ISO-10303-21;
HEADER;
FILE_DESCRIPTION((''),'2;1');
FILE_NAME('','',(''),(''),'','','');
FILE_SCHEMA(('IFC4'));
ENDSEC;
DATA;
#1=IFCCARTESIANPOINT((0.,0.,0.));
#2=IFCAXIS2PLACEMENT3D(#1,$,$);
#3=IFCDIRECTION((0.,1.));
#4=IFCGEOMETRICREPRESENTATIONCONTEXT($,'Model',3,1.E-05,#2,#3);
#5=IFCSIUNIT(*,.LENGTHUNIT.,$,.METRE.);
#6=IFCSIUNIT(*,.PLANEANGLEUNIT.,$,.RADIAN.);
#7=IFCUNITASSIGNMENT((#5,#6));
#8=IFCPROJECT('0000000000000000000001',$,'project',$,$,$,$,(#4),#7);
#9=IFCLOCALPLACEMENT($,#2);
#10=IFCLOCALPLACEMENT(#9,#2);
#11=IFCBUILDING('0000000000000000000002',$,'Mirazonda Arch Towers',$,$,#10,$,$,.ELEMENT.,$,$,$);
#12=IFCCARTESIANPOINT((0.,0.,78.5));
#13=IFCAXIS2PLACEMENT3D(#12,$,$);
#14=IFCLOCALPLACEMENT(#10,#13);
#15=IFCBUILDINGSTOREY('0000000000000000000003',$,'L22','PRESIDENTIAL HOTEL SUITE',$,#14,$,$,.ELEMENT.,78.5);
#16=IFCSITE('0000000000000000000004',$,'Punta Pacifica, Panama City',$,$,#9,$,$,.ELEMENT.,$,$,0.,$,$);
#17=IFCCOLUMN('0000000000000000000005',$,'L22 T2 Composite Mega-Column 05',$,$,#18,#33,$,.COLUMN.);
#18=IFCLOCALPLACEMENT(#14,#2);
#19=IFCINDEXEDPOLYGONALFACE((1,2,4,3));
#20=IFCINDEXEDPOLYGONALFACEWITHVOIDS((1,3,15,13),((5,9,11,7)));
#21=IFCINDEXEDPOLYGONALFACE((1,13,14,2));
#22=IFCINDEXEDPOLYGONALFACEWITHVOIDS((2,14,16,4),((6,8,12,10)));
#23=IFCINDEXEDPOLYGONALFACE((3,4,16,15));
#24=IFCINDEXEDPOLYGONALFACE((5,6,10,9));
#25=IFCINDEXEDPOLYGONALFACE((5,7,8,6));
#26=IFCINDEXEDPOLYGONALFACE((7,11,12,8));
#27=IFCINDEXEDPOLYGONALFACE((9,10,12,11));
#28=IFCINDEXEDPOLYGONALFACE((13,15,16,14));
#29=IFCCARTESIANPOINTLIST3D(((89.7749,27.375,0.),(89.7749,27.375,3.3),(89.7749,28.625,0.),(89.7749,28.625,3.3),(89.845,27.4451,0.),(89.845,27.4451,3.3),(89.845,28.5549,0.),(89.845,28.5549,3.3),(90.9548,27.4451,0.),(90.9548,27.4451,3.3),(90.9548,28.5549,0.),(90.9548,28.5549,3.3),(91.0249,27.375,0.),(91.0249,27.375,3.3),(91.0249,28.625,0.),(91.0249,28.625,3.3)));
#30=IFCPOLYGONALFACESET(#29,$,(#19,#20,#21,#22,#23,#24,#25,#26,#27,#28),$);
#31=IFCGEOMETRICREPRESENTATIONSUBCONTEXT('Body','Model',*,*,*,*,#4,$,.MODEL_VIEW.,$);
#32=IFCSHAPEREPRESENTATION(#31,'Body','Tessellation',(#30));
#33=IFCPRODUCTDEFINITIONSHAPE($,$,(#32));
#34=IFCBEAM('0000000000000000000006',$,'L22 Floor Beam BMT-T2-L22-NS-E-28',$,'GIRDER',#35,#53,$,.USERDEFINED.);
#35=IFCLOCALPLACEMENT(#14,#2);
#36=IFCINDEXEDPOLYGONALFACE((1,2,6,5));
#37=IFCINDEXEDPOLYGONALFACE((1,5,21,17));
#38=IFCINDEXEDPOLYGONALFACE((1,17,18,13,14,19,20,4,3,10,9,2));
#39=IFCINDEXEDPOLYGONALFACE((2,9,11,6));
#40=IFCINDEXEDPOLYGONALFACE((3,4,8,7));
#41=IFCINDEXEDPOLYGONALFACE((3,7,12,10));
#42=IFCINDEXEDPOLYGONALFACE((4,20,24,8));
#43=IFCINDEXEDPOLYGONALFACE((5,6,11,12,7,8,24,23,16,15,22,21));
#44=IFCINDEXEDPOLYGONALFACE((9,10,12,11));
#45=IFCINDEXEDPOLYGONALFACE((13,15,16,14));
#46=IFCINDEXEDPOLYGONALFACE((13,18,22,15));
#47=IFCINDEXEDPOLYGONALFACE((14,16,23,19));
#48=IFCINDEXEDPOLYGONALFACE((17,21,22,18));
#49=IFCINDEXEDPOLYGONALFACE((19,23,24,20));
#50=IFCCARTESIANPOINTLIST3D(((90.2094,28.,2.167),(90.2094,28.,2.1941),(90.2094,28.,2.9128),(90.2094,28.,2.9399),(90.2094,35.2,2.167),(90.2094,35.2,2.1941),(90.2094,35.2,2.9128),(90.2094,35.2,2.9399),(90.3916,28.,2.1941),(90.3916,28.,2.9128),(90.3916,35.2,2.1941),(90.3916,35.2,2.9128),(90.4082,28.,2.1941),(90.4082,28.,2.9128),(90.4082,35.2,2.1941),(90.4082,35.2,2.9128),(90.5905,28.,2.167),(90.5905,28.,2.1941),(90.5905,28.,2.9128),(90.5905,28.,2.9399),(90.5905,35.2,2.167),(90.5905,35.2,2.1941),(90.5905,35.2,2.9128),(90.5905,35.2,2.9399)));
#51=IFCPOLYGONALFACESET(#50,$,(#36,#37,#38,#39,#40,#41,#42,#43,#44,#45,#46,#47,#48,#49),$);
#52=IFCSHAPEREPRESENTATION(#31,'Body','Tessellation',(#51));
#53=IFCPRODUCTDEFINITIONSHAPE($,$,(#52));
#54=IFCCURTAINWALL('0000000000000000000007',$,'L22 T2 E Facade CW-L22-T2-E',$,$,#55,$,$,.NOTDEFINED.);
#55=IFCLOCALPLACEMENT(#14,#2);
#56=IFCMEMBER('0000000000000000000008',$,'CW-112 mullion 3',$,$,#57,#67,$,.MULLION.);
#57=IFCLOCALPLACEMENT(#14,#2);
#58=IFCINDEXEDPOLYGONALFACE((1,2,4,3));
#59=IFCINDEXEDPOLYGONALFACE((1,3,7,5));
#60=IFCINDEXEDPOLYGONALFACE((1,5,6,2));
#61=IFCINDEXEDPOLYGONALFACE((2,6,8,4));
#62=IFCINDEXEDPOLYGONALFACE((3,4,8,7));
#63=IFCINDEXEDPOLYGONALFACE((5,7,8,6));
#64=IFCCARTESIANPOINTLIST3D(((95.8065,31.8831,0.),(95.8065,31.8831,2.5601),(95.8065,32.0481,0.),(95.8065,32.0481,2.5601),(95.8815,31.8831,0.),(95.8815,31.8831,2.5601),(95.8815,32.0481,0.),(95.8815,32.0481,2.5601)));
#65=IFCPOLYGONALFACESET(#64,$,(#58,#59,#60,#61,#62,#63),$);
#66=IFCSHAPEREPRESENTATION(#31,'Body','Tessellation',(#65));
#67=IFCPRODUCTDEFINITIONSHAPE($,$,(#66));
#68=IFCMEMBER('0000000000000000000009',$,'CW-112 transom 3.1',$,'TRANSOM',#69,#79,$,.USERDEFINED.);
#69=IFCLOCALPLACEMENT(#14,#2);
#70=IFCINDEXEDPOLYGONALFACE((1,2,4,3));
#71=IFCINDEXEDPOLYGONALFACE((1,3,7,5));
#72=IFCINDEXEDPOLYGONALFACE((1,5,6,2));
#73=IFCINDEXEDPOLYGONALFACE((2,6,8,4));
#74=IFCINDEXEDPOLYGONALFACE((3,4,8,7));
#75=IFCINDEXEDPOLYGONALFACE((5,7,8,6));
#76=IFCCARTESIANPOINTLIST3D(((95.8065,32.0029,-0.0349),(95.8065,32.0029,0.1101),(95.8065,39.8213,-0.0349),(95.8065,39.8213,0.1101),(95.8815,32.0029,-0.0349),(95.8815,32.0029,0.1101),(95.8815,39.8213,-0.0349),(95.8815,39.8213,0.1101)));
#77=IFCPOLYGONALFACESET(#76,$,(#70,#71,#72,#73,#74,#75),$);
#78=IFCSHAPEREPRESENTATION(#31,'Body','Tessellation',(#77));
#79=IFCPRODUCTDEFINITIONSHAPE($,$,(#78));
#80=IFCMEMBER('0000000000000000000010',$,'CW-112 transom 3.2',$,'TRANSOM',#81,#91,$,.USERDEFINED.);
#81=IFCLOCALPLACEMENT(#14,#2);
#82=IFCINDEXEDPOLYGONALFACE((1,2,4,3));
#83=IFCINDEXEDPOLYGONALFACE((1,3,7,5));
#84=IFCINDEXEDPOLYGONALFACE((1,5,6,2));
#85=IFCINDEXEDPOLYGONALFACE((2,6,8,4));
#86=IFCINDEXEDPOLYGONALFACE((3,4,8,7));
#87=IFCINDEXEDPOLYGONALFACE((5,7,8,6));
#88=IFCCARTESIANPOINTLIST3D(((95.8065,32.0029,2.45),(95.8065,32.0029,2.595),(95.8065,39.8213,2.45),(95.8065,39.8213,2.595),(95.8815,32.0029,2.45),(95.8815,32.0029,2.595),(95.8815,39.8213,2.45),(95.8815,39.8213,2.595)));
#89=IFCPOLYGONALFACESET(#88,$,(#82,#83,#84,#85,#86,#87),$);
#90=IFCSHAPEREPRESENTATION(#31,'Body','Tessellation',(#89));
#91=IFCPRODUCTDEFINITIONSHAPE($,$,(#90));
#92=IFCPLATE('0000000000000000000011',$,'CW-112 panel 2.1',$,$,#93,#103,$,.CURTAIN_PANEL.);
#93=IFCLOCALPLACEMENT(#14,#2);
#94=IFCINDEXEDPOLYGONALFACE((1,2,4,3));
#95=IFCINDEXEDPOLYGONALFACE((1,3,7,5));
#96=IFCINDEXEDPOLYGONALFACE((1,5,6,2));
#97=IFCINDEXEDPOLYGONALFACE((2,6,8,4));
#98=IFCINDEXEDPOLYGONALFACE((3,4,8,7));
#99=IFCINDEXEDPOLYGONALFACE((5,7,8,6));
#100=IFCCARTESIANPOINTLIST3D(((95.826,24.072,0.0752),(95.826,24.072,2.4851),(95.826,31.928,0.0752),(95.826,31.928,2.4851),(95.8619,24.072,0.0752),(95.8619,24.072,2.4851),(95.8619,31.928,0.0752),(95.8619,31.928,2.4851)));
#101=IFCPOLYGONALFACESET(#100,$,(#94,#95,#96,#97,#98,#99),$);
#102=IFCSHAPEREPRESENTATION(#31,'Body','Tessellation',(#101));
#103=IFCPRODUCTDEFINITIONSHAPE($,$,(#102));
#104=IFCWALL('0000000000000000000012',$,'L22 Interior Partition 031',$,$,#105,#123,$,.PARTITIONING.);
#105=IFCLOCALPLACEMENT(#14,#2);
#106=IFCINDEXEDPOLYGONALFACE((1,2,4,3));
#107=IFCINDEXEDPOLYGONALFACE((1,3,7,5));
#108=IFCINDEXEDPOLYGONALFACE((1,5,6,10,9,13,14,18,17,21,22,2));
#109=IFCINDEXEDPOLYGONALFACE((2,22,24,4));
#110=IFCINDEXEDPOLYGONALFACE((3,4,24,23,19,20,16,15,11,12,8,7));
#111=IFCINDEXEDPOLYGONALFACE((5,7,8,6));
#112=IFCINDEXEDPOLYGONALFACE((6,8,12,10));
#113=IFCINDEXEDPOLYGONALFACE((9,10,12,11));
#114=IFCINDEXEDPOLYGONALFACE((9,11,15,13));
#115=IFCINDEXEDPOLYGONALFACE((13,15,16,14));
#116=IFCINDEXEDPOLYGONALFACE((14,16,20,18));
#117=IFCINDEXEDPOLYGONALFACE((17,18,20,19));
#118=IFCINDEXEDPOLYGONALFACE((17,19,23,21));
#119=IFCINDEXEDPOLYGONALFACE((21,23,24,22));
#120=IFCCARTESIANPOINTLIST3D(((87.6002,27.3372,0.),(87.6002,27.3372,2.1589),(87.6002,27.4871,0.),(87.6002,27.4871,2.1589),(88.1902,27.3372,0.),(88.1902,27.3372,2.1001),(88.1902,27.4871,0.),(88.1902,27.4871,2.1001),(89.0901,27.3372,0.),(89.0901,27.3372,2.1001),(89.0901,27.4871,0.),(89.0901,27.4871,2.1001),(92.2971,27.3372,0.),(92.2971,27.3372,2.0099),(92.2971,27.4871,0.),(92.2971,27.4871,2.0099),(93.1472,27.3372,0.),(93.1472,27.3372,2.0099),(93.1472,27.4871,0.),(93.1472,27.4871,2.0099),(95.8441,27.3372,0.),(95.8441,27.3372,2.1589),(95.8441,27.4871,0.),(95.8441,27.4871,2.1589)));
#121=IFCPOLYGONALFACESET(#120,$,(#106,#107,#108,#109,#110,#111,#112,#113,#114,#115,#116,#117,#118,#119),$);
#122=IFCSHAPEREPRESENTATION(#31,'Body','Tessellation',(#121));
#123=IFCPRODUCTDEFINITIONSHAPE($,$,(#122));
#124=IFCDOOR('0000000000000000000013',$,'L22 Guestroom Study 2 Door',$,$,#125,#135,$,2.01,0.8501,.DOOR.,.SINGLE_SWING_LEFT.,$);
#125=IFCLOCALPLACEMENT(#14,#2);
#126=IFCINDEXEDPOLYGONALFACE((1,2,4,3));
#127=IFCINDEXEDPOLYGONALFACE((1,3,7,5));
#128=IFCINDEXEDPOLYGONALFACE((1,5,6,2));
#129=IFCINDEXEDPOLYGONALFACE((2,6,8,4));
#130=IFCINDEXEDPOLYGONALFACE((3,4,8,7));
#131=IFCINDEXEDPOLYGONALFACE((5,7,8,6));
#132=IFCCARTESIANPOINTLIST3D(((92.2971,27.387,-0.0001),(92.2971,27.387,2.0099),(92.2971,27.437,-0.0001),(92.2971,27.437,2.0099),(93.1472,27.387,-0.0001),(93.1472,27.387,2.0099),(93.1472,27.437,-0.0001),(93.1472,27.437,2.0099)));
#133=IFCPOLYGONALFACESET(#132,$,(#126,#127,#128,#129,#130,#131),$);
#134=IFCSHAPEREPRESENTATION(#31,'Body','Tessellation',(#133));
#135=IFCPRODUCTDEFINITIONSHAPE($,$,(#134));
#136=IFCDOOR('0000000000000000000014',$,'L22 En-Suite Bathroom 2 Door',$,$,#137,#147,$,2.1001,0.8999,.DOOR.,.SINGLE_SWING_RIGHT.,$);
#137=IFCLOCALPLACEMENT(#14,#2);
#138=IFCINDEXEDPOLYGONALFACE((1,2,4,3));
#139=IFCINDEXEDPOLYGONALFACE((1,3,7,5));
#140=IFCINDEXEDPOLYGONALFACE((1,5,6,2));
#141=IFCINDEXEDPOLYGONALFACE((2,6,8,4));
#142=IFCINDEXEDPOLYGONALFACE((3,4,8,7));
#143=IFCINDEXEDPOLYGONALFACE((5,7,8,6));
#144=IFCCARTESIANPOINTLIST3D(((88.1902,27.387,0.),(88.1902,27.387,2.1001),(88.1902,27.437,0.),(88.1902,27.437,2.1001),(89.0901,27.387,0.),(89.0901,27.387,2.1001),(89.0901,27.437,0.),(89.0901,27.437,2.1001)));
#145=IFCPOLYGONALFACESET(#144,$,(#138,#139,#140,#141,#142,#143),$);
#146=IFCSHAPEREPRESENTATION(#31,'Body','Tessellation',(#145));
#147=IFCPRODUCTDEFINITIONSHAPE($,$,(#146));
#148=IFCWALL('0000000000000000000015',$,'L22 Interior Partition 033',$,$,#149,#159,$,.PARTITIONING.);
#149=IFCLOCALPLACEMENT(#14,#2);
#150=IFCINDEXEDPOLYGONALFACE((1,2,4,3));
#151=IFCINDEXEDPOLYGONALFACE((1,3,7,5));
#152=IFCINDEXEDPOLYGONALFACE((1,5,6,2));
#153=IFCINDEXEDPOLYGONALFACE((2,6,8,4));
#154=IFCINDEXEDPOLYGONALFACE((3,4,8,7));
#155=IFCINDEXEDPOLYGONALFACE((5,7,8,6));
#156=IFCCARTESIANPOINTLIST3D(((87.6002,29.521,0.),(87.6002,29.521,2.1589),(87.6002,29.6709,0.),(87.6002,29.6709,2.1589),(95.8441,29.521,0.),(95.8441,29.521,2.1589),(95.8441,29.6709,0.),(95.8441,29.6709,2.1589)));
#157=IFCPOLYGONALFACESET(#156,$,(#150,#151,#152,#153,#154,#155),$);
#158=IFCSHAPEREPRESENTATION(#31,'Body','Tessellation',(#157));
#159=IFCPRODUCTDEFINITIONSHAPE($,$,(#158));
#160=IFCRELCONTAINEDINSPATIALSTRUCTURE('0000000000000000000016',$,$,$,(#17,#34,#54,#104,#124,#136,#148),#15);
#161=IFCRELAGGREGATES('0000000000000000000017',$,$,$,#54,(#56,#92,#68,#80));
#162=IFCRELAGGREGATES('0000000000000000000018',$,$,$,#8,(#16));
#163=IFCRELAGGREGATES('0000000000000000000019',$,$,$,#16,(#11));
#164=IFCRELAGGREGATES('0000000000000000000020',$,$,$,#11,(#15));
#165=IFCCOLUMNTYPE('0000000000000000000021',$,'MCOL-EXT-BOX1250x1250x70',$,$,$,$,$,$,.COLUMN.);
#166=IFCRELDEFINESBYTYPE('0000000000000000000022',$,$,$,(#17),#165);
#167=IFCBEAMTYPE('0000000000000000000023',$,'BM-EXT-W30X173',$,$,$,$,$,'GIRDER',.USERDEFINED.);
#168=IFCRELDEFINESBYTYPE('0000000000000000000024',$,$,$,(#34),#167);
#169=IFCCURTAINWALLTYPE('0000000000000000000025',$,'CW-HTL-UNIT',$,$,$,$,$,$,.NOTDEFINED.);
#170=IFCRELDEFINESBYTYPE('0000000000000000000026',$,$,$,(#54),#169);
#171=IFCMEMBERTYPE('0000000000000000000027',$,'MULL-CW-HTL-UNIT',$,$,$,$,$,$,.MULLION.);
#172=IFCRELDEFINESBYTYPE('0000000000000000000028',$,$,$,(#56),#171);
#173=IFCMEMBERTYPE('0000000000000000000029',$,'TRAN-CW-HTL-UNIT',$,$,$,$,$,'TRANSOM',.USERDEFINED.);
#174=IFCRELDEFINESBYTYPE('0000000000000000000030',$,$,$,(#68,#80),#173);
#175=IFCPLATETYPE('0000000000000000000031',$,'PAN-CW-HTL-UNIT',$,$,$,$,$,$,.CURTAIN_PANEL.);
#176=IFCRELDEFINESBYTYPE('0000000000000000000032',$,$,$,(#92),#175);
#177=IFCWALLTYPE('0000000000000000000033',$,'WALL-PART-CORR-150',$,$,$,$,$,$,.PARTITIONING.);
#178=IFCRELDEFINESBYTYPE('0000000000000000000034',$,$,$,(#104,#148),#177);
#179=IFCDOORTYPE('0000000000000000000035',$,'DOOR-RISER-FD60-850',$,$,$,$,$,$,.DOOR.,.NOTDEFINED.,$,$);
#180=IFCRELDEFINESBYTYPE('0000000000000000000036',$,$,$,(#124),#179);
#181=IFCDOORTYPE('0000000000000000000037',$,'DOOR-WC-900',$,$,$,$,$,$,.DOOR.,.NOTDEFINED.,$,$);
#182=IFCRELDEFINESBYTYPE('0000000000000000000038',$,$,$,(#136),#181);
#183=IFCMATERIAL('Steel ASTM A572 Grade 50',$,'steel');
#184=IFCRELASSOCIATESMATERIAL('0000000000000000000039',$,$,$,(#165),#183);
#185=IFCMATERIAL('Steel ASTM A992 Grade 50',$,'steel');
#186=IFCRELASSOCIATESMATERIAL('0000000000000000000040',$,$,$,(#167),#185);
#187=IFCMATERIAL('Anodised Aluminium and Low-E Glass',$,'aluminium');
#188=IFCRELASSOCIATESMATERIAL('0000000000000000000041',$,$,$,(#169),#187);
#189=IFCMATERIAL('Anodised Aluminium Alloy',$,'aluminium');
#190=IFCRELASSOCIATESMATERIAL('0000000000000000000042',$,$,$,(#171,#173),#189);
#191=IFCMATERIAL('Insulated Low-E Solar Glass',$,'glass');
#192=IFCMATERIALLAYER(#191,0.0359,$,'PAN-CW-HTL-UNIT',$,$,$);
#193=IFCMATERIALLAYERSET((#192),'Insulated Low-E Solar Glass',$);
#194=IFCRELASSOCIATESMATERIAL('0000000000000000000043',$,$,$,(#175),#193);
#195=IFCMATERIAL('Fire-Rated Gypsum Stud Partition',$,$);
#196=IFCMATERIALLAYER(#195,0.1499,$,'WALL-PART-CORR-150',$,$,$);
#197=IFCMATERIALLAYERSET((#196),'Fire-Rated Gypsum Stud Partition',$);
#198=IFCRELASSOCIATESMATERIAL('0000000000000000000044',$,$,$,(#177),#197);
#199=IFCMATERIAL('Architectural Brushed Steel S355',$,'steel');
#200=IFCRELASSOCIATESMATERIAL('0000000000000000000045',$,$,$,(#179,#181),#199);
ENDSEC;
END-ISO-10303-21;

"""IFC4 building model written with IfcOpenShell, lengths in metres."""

from ifc_helpers import new_model, si_unit, direction, frame, frame_2d, origin, origin_2d, place, context, subcontext, project, spatial, rectangle, hollow_rectangle, i_section, extrude, material, layer, layer_set, material_profile, profile_set, type_object, element, fill, aggregate, save


model = new_model("IFC4")

# Units and contexts
model_context = context("Model", 3, precision=1e-05, world=origin(), true_north=direction((0.0, 1.0)))
body_context = subcontext(model_context, "Body", "Model", "MODEL_VIEW")
ifc_project = project(units=[si_unit("LENGTHUNIT", "METRE"), si_unit("PLANEANGLEUNIT", "RADIAN")], contexts=[model_context])

# Site, building, storey
site_placement = place(None, origin())
site = spatial("IfcSite", under=ifc_project, at=site_placement, Name="Punta Pacifica, Panama City", CompositionType="ELEMENT", RefElevation=0.0)
building_placement = place(site_placement, origin())
building = spatial("IfcBuilding", under=site, at=building_placement, Name="Mirazonda Arch Towers", CompositionType="ELEMENT")
storey_placement = place(building_placement, frame((0.0, 0.0, 78.5)))
storey = spatial("IfcBuildingStorey", under=building, at=storey_placement, Name="L22", Description="PRESIDENTIAL HOTEL SUITE", CompositionType="ELEMENT", Elevation=78.5)

# Column
ifc_material_1 = material(Name="Steel ASTM A572 Grade 50", Category="steel")
ifc_material_profile_1 = material_profile(ifc_material_1, hollow_rectangle(XDim=1.25, YDim=1.25, WallThickness=0.0701, at=origin_2d()), Name="BOX1250x1250x70")
ifc_profile_set_1 = profile_set([ifc_material_profile_1], Name="Steel ASTM A572 Grade 50")
column_type = type_object("IfcColumnType", Name="MCOL-EXT-BOX1250x1250x70", PredefinedType="COLUMN", material=ifc_profile_set_1)
column_placement = place(storey_placement, frame((90.3999, 28.0, 0.0), z_axis=(0.0, 0.0, 1.0), x_axis=(1.0, 0.0, 0.0)))
element("IfcColumn", 1, at=column_placement, inside=storey, type_object=column_type, Name="L22 T2 Composite Mega-Column 05", PredefinedType="COLUMN", context=body_context, shape_type="SweptSolid", body=[
    extrude(hollow_rectangle(XDim=1.25, YDim=1.25, WallThickness=0.0701, at=origin_2d()), origin(), (0.0, 0.0, 1.0), 3.3),
])

# Beam
ifc_material_2 = material(Name="Steel ASTM A992 Grade 50", Category="steel")
ifc_material_profile_2 = material_profile(ifc_material_2, i_section(OverallWidth=0.3811, OverallDepth=0.7729, WebThickness=0.0166, FlangeThickness=0.0271, at=origin_2d()), Name="W30X173")
ifc_profile_set_2 = profile_set([ifc_material_profile_2], Name="Steel ASTM A992 Grade 50")
beam_type = type_object("IfcBeamType", Name="BM-EXT-W30X173", ElementType="GIRDER", PredefinedType="USERDEFINED", material=ifc_profile_set_2)
beam_placement = place(storey_placement, frame((90.3999, 28.0, 2.5535), z_axis=(0.0, 1.0, 0.0), x_axis=(-1.0, 0.0, 0.0)))
element("IfcBeam", 2, at=beam_placement, inside=storey, type_object=beam_type, Name="L22 Floor Beam BMT-T2-L22-NS-E-28", ObjectType="GIRDER", PredefinedType="USERDEFINED", context=body_context, shape_type="SweptSolid", body=[
    extrude(i_section(OverallWidth=0.3811, OverallDepth=0.7729, WebThickness=0.0166, FlangeThickness=0.0271, at=origin_2d()), origin(), (0.0, 0.0, 1.0), 7.2),
])

# Curtain wall, members, plate
ifc_material_3 = material(Name="Anodised Aluminium and Low-E Glass", Category="aluminium")
curtain_wall_type = type_object("IfcCurtainWallType", Name="CW-HTL-UNIT", PredefinedType="NOTDEFINED", material=ifc_material_3)
curtain_wall_placement = place(storey_placement, origin())
curtain_wall = element("IfcCurtainWall", 3, at=curtain_wall_placement, inside=storey, type_object=curtain_wall_type, Name="L22 T2 E Facade CW-L22-T2-E", PredefinedType="NOTDEFINED")
ifc_material_4 = material(Name="Anodised Aluminium Alloy", Category="aluminium")
ifc_material_profile_3 = material_profile(ifc_material_4, rectangle(XDim=0.075, YDim=0.165, at=origin_2d()), Name="ALU-MULL-75x165")
ifc_profile_set_3 = profile_set([ifc_material_profile_3], Name="Anodised Aluminium Alloy")
member_type_1 = type_object("IfcMemberType", Name="MULL-CW-HTL-UNIT", PredefinedType="MULLION", material=ifc_profile_set_3)
member_1_placement = place(storey_placement, frame((95.844, 31.9656, 0.0), z_axis=(0.0, 0.0, 1.0), x_axis=(-1.0, 0.0, 0.0)))
member_1 = element("IfcMember", 4, at=member_1_placement, type_object=member_type_1, Name="CW-112 mullion 3", PredefinedType="MULLION", context=body_context, shape_type="SweptSolid", body=[
    extrude(rectangle(XDim=0.075, YDim=0.165, at=origin_2d()), origin(), (0.0, 0.0, 1.0), 2.5601),
])
ifc_material_profile_4 = material_profile(ifc_material_4, rectangle(XDim=0.075, YDim=0.145, at=origin_2d()), Name="ALU-TRAN-75x145")
ifc_profile_set_4 = profile_set([ifc_material_profile_4], Name="Anodised Aluminium Alloy")
member_type_2 = type_object("IfcMemberType", Name="TRAN-CW-HTL-UNIT", ElementType="TRANSOM", PredefinedType="USERDEFINED", material=ifc_profile_set_4)
member_2_placement = place(storey_placement, frame((95.844, 32.0029, 0.0376), z_axis=(0.0, 1.0, 0.0), x_axis=(-1.0, 0.0, 0.0)))
member_2 = element("IfcMember", 5, at=member_2_placement, type_object=member_type_2, Name="CW-112 transom 3.1", ObjectType="TRANSOM", PredefinedType="USERDEFINED", context=body_context, shape_type="SweptSolid", body=[
    extrude(rectangle(XDim=0.075, YDim=0.145, at=origin_2d()), origin(), (0.0, 0.0, 1.0), 7.8184),
])
member_3_placement = place(storey_placement, frame((95.844, 32.0029, 2.5225), z_axis=(0.0, 1.0, 0.0), x_axis=(-1.0, 0.0, 0.0)))
member_3 = element("IfcMember", 6, at=member_3_placement, type_object=member_type_2, Name="CW-112 transom 3.2", ObjectType="TRANSOM", PredefinedType="USERDEFINED", context=body_context, shape_type="SweptSolid", body=[
    extrude(rectangle(XDim=0.075, YDim=0.145, at=origin_2d()), origin(), (0.0, 0.0, 1.0), 7.8184),
])
ifc_material_5 = material(Name="Insulated Low-E Solar Glass", Category="glass")
ifc_layer_1 = layer(ifc_material_5, 0.0359, Name="PAN-CW-HTL-UNIT")
ifc_layer_set_1 = layer_set([ifc_layer_1], Name="Insulated Low-E Solar Glass")
plate_type = type_object("IfcPlateType", Name="PAN-CW-HTL-UNIT", PredefinedType="CURTAIN_PANEL", material=ifc_layer_set_1)
plate_placement = place(storey_placement, frame((95.844, 28.0, 0.0752), z_axis=(0.0, 0.0, 1.0), x_axis=(0.0, 1.0, 0.0)))
plate = element("IfcPlate", 7, at=plate_placement, type_object=plate_type, Name="CW-112 panel 2.1", PredefinedType="CURTAIN_PANEL", context=body_context, shape_type="SweptSolid", body=[
    extrude(rectangle(XDim=7.856, YDim=0.0359, at=origin_2d()), origin(), (0.0, 0.0, 1.0), 2.4099),
])
aggregate(curtain_wall, [member_1, plate, member_2, member_3])

# Wall, openings, doors
ifc_material_6 = material(Name="Fire-Rated Gypsum Stud Partition")
ifc_layer_2 = layer(ifc_material_6, 0.1499, Name="WALL-PART-CORR-150")
ifc_layer_set_2 = layer_set([ifc_layer_2], Name="Fire-Rated Gypsum Stud Partition")
wall_type_1 = type_object("IfcWallType", Name="WALL-PART-CORR-150", PredefinedType="PARTITIONING", material=ifc_layer_set_2)
wall_1_placement = place(storey_placement, frame((87.6001, 27.4121, 0.0), z_axis=(0.0, 0.0, 1.0), x_axis=(1.0, 0.0, 0.0)))
wall_1 = element("IfcWall", 8, at=wall_1_placement, inside=storey, type_object=wall_type_1, Name="L22 Interior Partition 031", PredefinedType="PARTITIONING", context=body_context, shape_type="SweptSolid", body=[
    extrude(rectangle(XDim=8.2439, YDim=0.1499, at=frame_2d((4.1221, 0.0))), origin(), (0.0, 0.0, 1.0), 2.1589),
])
opening_1_placement = place(wall_1_placement, frame((4.697, 0.0, 0.0)))
opening_1 = element("IfcOpeningElement", 9, at=opening_1_placement, cuts=wall_1, PredefinedType="OPENING", context=body_context, shape_type="SweptSolid", body=[
    extrude(rectangle(XDim=0.8501, YDim=2.01, at=frame_2d((0.425, 1.0049))), frame((0.0, 0.085, 0.0), z_axis=(0.0, -1.0, 0.0), x_axis=(1.0, 0.0, 0.0)), (0.0, 0.0, 1.0), 0.1699),
])
opening_2_placement = place(wall_1_placement, frame((0.5901, 0.0, 0.0)))
opening_2 = element("IfcOpeningElement", 10, at=opening_2_placement, cuts=wall_1, PredefinedType="OPENING", context=body_context, shape_type="SweptSolid", body=[
    extrude(rectangle(XDim=0.8999, YDim=2.1001, at=frame_2d((0.45, 1.05))), frame((0.0, 0.085, 0.0), z_axis=(0.0, -1.0, 0.0), x_axis=(1.0, 0.0, 0.0)), (0.0, 0.0, 1.0), 0.1699),
])
ifc_material_7 = material(Name="Architectural Brushed Steel S355", Category="steel")
door_type_1 = type_object("IfcDoorType", Name="DOOR-RISER-FD60-850", OperationType="NOTDEFINED", PredefinedType="DOOR", material=ifc_material_7)
door_1_placement = place(opening_1_placement, origin())
door_1 = element("IfcDoor", 11, at=door_1_placement, inside=storey, type_object=door_type_1, Name="L22 Guestroom Study 2 Door", OperationType="SINGLE_SWING_LEFT", OverallHeight=2.01, OverallWidth=0.8501, PredefinedType="DOOR", context=body_context, shape_type="SweptSolid", body=[
    extrude(rectangle(XDim=0.8501, YDim=2.01, at=frame_2d((0.425, 1.0049))), frame((0.0, 0.0249, 0.0), z_axis=(0.0, -1.0, 0.0), x_axis=(1.0, 0.0, 0.0)), (0.0, 0.0, 1.0), 0.05),
])
fill(opening_1, door_1)
door_type_2 = type_object("IfcDoorType", Name="DOOR-WC-900", OperationType="NOTDEFINED", PredefinedType="DOOR", material=ifc_material_7)
door_2_placement = place(opening_2_placement, origin())
door_2 = element("IfcDoor", 12, at=door_2_placement, inside=storey, type_object=door_type_2, Name="L22 En-Suite Bathroom 2 Door", OperationType="SINGLE_SWING_RIGHT", OverallHeight=2.1001, OverallWidth=0.8999, PredefinedType="DOOR", context=body_context, shape_type="SweptSolid", body=[
    extrude(rectangle(XDim=0.8999, YDim=2.1001, at=frame_2d((0.45, 1.05))), frame((0.0, 0.0249, 0.0), z_axis=(0.0, -1.0, 0.0), x_axis=(1.0, 0.0, 0.0)), (0.0, 0.0, 1.0), 0.05),
])
fill(opening_2, door_2)

# Wall
wall_2_placement = place(storey_placement, frame((87.6001, 29.5959, 0.0), z_axis=(0.0, 0.0, 1.0), x_axis=(1.0, 0.0, 0.0)))
element("IfcWall", 13, at=wall_2_placement, inside=storey, type_object=wall_type_1, Name="L22 Interior Partition 033", PredefinedType="PARTITIONING", context=body_context, shape_type="SweptSolid", body=[
    extrude(rectangle(XDim=8.2439, YDim=0.1499, at=frame_2d((4.1221, 0.0))), origin(), (0.0, 0.0, 1.0), 2.1589),
])

save(model, "model.ifc")
